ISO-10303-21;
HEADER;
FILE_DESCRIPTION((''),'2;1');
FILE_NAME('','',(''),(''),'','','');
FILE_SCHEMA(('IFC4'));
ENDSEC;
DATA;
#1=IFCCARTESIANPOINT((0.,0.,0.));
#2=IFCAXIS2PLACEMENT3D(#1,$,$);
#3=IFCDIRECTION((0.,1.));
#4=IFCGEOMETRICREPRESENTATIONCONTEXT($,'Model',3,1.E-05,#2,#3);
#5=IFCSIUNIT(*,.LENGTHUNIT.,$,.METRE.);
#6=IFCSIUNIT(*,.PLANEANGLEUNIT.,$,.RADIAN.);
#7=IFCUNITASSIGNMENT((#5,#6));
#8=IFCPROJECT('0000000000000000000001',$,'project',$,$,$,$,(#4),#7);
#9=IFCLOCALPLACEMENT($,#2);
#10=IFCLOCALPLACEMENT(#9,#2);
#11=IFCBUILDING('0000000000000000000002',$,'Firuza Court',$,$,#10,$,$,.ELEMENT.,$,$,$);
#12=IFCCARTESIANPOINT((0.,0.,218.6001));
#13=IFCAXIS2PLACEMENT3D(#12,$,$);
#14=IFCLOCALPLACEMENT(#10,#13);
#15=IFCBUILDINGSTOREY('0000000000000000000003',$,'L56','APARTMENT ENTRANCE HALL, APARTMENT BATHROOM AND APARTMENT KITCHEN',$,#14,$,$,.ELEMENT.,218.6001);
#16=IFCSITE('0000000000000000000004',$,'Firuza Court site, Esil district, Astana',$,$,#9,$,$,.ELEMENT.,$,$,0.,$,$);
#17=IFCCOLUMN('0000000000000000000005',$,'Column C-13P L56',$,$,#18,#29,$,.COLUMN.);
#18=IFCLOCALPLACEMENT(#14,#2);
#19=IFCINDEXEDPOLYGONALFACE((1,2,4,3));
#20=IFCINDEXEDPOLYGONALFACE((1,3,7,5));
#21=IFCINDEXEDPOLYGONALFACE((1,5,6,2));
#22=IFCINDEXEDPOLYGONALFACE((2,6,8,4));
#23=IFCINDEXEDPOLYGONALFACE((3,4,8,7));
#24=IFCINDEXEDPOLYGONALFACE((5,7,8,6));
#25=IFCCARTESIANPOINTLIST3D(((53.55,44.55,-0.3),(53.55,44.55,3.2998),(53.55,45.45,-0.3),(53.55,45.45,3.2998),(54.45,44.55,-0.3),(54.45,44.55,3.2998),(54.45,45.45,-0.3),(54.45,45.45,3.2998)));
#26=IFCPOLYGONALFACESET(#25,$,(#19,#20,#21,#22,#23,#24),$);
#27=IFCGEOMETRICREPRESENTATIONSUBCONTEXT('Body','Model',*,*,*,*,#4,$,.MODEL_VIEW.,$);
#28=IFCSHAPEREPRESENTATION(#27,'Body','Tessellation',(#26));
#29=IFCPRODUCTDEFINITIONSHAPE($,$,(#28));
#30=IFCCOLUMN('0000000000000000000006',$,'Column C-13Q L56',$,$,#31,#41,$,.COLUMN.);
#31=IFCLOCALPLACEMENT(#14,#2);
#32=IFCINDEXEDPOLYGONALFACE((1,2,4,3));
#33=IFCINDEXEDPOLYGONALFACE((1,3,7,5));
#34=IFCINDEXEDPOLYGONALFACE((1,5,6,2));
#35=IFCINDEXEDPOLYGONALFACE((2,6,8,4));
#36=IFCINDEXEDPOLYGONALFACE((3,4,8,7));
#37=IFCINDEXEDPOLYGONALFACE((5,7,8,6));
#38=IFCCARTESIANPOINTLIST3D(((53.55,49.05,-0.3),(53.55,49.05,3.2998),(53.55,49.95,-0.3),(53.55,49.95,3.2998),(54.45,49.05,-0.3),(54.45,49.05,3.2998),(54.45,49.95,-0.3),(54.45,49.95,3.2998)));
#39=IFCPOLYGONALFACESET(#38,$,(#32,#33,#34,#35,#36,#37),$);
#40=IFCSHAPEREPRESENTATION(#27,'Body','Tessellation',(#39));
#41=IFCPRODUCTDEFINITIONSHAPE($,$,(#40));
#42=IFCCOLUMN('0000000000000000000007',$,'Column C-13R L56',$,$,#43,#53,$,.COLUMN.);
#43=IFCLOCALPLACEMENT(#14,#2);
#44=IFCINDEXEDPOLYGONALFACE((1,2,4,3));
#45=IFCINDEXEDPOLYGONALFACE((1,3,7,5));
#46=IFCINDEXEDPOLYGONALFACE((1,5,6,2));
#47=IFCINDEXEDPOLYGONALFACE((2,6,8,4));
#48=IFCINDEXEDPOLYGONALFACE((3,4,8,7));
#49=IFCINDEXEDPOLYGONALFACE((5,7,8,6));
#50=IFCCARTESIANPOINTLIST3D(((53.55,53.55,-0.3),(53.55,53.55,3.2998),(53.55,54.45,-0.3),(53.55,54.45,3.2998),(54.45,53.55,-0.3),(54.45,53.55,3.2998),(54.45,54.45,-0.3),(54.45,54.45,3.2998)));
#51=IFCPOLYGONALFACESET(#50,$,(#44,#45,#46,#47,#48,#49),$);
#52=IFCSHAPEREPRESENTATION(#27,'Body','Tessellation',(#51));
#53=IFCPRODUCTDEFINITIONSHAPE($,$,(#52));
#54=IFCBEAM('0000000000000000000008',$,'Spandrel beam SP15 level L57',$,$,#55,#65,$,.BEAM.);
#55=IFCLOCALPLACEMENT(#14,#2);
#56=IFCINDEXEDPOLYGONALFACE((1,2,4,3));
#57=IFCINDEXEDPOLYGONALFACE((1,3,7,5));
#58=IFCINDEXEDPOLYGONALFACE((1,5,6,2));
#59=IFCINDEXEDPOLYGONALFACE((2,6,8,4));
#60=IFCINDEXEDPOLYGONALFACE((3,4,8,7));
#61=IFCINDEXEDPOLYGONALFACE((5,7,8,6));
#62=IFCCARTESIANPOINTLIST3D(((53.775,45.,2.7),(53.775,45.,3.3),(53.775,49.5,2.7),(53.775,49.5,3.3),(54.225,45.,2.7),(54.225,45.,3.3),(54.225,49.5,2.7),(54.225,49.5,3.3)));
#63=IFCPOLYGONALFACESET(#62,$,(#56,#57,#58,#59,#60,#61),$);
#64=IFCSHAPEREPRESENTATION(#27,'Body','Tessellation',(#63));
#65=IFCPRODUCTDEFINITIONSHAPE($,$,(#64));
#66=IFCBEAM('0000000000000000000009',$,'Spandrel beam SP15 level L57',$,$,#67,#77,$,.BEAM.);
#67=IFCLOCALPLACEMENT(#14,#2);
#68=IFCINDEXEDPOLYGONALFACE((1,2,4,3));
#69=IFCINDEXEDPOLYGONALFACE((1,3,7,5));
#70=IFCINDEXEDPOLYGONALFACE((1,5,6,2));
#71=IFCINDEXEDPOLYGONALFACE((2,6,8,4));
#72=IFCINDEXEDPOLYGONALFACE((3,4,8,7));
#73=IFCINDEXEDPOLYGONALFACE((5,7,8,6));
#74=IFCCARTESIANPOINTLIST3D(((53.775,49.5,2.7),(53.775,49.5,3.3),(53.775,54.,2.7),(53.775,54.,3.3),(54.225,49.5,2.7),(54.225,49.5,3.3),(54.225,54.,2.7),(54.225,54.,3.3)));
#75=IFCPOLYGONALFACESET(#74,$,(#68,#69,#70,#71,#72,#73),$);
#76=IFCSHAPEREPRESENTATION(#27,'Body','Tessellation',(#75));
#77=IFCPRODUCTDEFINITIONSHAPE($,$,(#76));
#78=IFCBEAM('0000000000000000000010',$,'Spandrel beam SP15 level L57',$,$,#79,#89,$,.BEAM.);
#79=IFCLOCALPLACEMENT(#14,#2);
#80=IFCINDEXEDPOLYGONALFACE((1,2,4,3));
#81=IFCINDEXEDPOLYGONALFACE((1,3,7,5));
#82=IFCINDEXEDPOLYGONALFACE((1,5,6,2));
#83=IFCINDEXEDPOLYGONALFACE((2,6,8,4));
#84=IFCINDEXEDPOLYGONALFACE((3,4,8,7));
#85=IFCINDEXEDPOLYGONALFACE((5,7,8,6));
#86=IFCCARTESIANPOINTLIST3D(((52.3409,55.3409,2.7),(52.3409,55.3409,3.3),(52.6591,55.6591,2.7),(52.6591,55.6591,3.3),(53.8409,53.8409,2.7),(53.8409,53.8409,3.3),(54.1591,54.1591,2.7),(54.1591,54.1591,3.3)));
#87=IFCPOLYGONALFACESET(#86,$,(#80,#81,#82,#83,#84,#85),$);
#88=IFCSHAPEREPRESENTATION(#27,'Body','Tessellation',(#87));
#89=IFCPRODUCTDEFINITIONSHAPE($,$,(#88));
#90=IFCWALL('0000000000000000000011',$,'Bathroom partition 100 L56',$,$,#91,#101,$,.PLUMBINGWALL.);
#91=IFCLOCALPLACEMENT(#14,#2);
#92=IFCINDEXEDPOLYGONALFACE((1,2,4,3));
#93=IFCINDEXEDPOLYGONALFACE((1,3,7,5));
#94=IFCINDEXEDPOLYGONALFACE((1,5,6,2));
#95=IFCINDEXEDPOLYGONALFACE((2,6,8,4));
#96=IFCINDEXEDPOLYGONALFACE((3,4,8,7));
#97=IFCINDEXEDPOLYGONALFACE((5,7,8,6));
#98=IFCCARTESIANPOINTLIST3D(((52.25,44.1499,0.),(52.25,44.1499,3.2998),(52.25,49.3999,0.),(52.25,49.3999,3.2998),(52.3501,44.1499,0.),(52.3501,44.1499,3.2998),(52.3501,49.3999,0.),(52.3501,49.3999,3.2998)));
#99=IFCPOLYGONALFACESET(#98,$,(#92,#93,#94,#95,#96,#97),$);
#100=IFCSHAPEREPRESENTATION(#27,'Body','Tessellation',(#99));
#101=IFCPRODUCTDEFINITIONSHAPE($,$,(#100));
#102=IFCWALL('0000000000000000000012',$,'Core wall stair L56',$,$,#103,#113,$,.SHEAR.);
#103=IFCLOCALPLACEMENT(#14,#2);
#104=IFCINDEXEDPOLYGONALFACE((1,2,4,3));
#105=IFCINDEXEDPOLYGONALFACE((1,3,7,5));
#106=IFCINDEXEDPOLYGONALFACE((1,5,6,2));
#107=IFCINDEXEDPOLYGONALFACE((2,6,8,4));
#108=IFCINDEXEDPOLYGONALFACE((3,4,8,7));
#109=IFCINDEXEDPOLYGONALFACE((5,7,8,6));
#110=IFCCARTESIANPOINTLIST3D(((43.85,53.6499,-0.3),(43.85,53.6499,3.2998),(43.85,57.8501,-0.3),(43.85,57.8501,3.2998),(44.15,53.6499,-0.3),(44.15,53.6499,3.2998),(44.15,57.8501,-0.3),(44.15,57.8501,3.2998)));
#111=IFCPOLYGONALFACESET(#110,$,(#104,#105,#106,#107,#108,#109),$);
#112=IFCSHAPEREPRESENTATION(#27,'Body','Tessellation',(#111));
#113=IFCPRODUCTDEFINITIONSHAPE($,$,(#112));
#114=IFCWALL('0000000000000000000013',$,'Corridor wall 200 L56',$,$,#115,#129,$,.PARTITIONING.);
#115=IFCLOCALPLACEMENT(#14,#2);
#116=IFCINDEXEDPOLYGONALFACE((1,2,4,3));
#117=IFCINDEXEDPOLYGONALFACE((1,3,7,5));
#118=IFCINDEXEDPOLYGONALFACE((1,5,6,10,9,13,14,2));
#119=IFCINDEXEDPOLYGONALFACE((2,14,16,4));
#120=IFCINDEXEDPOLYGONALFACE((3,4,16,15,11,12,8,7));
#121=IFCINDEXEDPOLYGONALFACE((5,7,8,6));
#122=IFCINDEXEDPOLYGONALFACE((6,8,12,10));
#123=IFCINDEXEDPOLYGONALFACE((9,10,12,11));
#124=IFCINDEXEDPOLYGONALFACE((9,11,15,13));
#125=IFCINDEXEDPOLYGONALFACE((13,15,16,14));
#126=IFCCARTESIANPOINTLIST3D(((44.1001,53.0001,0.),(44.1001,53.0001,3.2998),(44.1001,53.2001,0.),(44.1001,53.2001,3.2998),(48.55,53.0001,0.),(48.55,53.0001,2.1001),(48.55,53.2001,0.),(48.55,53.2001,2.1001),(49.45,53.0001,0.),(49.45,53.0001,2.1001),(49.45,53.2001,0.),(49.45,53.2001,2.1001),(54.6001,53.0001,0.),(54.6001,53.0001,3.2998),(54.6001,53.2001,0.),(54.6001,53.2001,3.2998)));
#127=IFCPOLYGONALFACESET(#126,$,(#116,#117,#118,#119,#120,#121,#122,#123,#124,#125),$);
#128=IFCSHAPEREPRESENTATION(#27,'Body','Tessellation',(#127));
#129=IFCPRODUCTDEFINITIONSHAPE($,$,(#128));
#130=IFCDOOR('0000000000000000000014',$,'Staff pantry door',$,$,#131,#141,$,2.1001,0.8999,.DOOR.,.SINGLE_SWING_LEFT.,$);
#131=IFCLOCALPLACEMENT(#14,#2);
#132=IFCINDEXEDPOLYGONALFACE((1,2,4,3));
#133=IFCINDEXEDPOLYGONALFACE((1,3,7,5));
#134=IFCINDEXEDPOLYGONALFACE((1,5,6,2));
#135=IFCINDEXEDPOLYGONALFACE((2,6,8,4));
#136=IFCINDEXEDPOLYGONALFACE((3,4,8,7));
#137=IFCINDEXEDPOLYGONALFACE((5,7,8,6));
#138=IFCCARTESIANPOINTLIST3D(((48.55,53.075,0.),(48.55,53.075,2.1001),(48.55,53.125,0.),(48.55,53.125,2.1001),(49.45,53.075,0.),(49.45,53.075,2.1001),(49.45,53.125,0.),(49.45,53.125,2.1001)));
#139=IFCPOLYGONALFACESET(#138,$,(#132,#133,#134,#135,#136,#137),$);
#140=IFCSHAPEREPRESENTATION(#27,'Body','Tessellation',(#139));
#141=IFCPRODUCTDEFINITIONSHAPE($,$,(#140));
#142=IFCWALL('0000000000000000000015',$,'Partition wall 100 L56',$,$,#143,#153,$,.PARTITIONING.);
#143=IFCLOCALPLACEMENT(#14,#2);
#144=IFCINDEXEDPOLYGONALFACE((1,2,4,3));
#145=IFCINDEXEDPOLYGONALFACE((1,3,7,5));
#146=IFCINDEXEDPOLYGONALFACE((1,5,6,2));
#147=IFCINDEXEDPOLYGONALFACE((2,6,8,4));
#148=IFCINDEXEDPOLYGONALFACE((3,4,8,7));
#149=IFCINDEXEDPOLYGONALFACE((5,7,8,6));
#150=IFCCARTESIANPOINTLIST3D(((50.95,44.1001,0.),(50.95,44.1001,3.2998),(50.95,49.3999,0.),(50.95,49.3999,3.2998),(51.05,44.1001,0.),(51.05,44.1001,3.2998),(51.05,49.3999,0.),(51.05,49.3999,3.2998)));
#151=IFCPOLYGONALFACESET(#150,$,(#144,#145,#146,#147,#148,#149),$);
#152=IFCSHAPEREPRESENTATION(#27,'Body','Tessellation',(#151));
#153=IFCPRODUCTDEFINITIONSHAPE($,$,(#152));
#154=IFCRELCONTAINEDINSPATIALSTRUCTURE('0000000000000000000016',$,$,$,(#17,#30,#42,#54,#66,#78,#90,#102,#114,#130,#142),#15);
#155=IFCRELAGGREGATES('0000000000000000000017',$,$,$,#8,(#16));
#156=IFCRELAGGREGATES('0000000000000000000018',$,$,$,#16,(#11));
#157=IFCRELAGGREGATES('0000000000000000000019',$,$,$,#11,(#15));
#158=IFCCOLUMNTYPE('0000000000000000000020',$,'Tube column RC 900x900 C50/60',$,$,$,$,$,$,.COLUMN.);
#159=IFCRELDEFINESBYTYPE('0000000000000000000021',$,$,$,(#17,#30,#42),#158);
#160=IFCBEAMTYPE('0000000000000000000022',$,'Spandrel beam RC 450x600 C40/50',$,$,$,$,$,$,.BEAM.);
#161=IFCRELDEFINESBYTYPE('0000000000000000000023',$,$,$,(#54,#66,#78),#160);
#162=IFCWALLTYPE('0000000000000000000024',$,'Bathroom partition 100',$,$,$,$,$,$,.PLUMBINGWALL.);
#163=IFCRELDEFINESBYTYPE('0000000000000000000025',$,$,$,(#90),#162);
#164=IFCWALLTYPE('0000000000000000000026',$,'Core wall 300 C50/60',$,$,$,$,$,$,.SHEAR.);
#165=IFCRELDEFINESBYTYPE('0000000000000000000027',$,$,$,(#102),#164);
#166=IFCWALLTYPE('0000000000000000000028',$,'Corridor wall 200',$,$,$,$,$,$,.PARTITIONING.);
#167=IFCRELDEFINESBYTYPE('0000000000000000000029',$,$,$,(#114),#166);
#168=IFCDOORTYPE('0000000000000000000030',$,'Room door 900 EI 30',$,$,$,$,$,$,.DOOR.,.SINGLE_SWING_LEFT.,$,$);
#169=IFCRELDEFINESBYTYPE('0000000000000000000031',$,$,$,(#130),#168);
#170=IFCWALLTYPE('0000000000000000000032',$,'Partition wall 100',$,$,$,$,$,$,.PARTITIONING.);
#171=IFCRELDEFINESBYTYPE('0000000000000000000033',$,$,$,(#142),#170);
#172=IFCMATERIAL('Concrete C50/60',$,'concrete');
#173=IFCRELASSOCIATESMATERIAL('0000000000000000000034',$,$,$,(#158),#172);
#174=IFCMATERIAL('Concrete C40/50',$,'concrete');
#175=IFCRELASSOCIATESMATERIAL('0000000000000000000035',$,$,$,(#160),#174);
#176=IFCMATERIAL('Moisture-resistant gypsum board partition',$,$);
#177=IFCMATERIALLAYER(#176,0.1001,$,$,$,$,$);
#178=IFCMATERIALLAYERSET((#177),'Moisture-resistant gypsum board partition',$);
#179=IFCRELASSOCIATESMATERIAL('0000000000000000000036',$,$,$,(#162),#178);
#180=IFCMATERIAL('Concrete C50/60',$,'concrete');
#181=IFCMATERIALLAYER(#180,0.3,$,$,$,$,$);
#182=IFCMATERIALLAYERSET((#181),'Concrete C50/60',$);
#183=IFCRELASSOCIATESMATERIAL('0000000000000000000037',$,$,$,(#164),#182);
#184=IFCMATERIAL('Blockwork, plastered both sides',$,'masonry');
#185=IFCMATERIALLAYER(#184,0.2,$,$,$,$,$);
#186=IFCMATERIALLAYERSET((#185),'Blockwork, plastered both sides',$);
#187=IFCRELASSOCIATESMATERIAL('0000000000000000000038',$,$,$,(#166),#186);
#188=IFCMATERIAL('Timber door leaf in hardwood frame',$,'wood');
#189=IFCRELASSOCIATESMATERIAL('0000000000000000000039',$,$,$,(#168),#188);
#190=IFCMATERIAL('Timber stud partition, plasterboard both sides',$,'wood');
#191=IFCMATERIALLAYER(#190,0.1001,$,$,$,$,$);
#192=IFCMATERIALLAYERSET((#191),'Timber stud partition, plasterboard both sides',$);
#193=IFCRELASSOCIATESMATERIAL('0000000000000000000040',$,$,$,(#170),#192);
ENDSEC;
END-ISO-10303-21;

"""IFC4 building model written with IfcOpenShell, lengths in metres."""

from ifc_helpers import new_model, si_unit, direction, frame, frame_2d, origin, origin_2d, place, context, subcontext, project, spatial, rectangle, extrude, material, layer, layer_set, material_profile, profile_set, type_object, element, fill, save


model = new_model("IFC4")

# Units and contexts
model_context = context("Model", 3, precision=1e-05, world=origin(), true_north=direction((0.0, 1.0)))
body_context = subcontext(model_context, "Body", "Model", "MODEL_VIEW")
ifc_project = project(units=[si_unit("LENGTHUNIT", "METRE"), si_unit("PLANEANGLEUNIT", "RADIAN")], contexts=[model_context])

# Site, building, storey
site_placement = place(None, origin())
site = spatial("IfcSite", under=ifc_project, at=site_placement, Name="Firuza Court site, Esil district, Astana", CompositionType="ELEMENT", RefElevation=0.0)
building_placement = place(site_placement, origin())
building = spatial("IfcBuilding", under=site, at=building_placement, Name="Firuza Court", CompositionType="ELEMENT")
storey_placement = place(building_placement, frame((0.0, 0.0, 218.6001)))
storey = spatial("IfcBuildingStorey", under=building, at=storey_placement, Name="L56", Description="APARTMENT ENTRANCE HALL, APARTMENT BATHROOM AND APARTMENT KITCHEN", CompositionType="ELEMENT", Elevation=218.6001)

# Columns
ifc_material_1 = material(Name="Concrete C50/60", Category="concrete")
ifc_material_profile_1 = material_profile(ifc_material_1, rectangle(XDim=0.8999, YDim=0.8999, at=origin_2d()), Name="RC 900x900")
ifc_profile_set_1 = profile_set([ifc_material_profile_1], Name="Concrete C50/60")
column_type = type_object("IfcColumnType", Name="Tube column RC 900x900 C50/60", PredefinedType="COLUMN", material=ifc_profile_set_1)
for number, where, z_axis, x_axis, name in (
    (1, (54.0, 45.0, -0.3), (0.0, 0.0, 1.0), (1.0, 0.0, 0.0), "Column C-13P L56"),
    (2, (54.0, 49.5, -0.3), (0.0, 0.0, 1.0), (1.0, 0.0, 0.0), "Column C-13Q L56"),
    (3, (54.0, 54.0, -0.3), (0.0, 0.0, 1.0), (1.0, 0.0, 0.0), "Column C-13R L56"),
):
    element("IfcColumn", number, at=place(storey_placement, frame(where, z_axis=z_axis, x_axis=x_axis)), inside=storey, type_object=column_type, Name=name, PredefinedType="COLUMN", context=body_context, shape_type="SweptSolid", body=[
        extrude(rectangle(XDim=0.8999, YDim=0.8999, at=origin_2d()), origin(), (0.0, 0.0, 1.0), 3.5999),
    ])

# Beams
ifc_material_2 = material(Name="Concrete C40/50", Category="concrete")
ifc_material_profile_2 = material_profile(ifc_material_2, rectangle(XDim=0.45, YDim=0.6001, at=origin_2d()), Name="RC 450x600")
ifc_profile_set_2 = profile_set([ifc_material_profile_2], Name="Concrete C40/50")
beam_type = type_object("IfcBeamType", Name="Spandrel beam RC 450x600 C40/50", PredefinedType="BEAM", material=ifc_profile_set_2)
for number, where, z_axis, x_axis, name in (
    (4, (54.0, 45.0, 3.0), (0.0, 1.0, 0.0), (-1.0, 0.0, 0.0), "Spandrel beam SP15 level L57"),
    (5, (54.0, 49.5, 3.0), (0.0, 1.0, 0.0), (-1.0, 0.0, 0.0), "Spandrel beam SP15 level L57"),
):
    element("IfcBeam", number, at=place(storey_placement, frame(where, z_axis=z_axis, x_axis=x_axis)), inside=storey, type_object=beam_type, Name=name, PredefinedType="BEAM", context=body_context, shape_type="SweptSolid", body=[
        extrude(rectangle(XDim=0.45, YDim=0.6001, at=origin_2d()), origin(), (0.0, 0.0, 1.0), 4.5),
    ])
beam_placement = place(storey_placement, frame((54.0, 54.0, 3.0), z_axis=(-0.707107, 0.707107, 0.0), x_axis=(-0.707107, -0.707107, 0.0)))
element("IfcBeam", 6, at=beam_placement, inside=storey, type_object=beam_type, Name="Spandrel beam SP15 level L57", PredefinedType="BEAM", context=body_context, shape_type="SweptSolid", body=[
    extrude(rectangle(XDim=0.45, YDim=0.6001, at=origin_2d()), origin(), (0.0, 0.0, 1.0), 2.1213),
])

# Walls
ifc_material_3 = material(Name="Moisture-resistant gypsum board partition")
ifc_layer_1 = layer(ifc_material_3, 0.1001)
ifc_layer_set_1 = layer_set([ifc_layer_1], Name="Moisture-resistant gypsum board partition")
wall_type_1 = type_object("IfcWallType", Name="Bathroom partition 100", PredefinedType="PLUMBINGWALL", material=ifc_layer_set_1)
wall_1_placement = place(storey_placement, frame((52.3, 44.1499, 0.0), z_axis=(0.0, 0.0, 1.0), x_axis=(0.0, 1.0, 0.0)))
element("IfcWall", 7, at=wall_1_placement, inside=storey, type_object=wall_type_1, Name="Bathroom partition 100 L56", PredefinedType="PLUMBINGWALL", context=body_context, shape_type="SweptSolid", body=[
    extrude(rectangle(XDim=5.25, YDim=0.1001, at=frame_2d((2.625, 0.0))), origin(), (0.0, 0.0, 1.0), 3.2998),
])
ifc_material_4 = material(Name="Concrete C50/60", Category="concrete")
ifc_layer_2 = layer(ifc_material_4, 0.3)
ifc_layer_set_2 = layer_set([ifc_layer_2], Name="Concrete C50/60")
wall_type_2 = type_object("IfcWallType", Name="Core wall 300 C50/60", PredefinedType="SHEAR", material=ifc_layer_set_2)
wall_2_placement = place(storey_placement, frame((44.0, 53.6499, -0.3), z_axis=(0.0, 0.0, 1.0), x_axis=(0.0, 1.0, 0.0)))
element("IfcWall", 8, at=wall_2_placement, inside=storey, type_object=wall_type_2, Name="Core wall stair L56", PredefinedType="SHEAR", context=body_context, shape_type="SweptSolid", body=[
    extrude(rectangle(XDim=4.2002, YDim=0.3, at=frame_2d((2.1001, 0.0))), origin(), (0.0, 0.0, 1.0), 3.5999),
])

# Wall, opening, door
ifc_material_5 = material(Name="Blockwork, plastered both sides", Category="masonry")
ifc_layer_3 = layer(ifc_material_5, 0.2)
ifc_layer_set_3 = layer_set([ifc_layer_3], Name="Blockwork, plastered both sides")
wall_type_3 = type_object("IfcWallType", Name="Corridor wall 200", PredefinedType="PARTITIONING", material=ifc_layer_set_3)
wall_3_placement = place(storey_placement, frame((44.1001, 53.1001, 0.0), z_axis=(0.0, 0.0, 1.0), x_axis=(1.0, 0.0, 0.0)))
wall_3 = element("IfcWall", 9, at=wall_3_placement, inside=storey, type_object=wall_type_3, Name="Corridor wall 200 L56", PredefinedType="PARTITIONING", context=body_context, shape_type="SweptSolid", body=[
    extrude(rectangle(XDim=10.5, YDim=0.2, at=frame_2d((5.25, 0.0))), origin(), (0.0, 0.0, 1.0), 3.2998),
])
opening_1_placement = place(wall_3_placement, frame((4.45, 0.0, 0.0)))
opening_1 = element("IfcOpeningElement", 10, at=opening_1_placement, cuts=wall_3, PredefinedType="OPENING", context=body_context, shape_type="SweptSolid", body=[
    extrude(rectangle(XDim=0.8999, YDim=2.1001, at=frame_2d((0.45, 1.05))), frame((0.0, 0.1118, 0.0), z_axis=(0.0, -1.0, 0.0), x_axis=(1.0, 0.0, 0.0)), (0.0, 0.0, 1.0), 0.2239),
])
ifc_material_6 = material(Name="Timber door leaf in hardwood frame", Category="wood")
door_type_1 = type_object("IfcDoorType", Name="Room door 900 EI 30", OperationType="SINGLE_SWING_LEFT", PredefinedType="DOOR", material=ifc_material_6)
door_1_placement = place(opening_1_placement, origin())
door_1 = element("IfcDoor", 11, at=door_1_placement, inside=storey, type_object=door_type_1, Name="Staff pantry door", OperationType="SINGLE_SWING_LEFT", OverallHeight=2.1001, OverallWidth=0.8999, PredefinedType="DOOR", context=body_context, shape_type="SweptSolid", body=[
    extrude(rectangle(XDim=0.8999, YDim=2.1001, at=frame_2d((0.45, 1.05))), frame((0.0, 0.0249, 0.0), z_axis=(0.0, -1.0, 0.0), x_axis=(1.0, 0.0, 0.0)), (0.0, 0.0, 1.0), 0.05),
])
fill(opening_1, door_1)

# Wall
ifc_material_7 = material(Name="Timber stud partition, plasterboard both sides", Category="wood")
ifc_layer_4 = layer(ifc_material_7, 0.1001)
ifc_layer_set_4 = layer_set([ifc_layer_4], Name="Timber stud partition, plasterboard both sides")
wall_type_4 = type_object("IfcWallType", Name="Partition wall 100", PredefinedType="PARTITIONING", material=ifc_layer_set_4)
wall_4_placement = place(storey_placement, frame((51.0, 44.1001, 0.0), z_axis=(0.0, 0.0, 1.0), x_axis=(0.0, 1.0, 0.0)))
element("IfcWall", 12, at=wall_4_placement, inside=storey, type_object=wall_type_4, Name="Partition wall 100 L56", PredefinedType="PARTITIONING", context=body_context, shape_type="SweptSolid", body=[
    extrude(rectangle(XDim=5.2998, YDim=0.1001, at=frame_2d((2.6499, 0.0))), origin(), (0.0, 0.0, 1.0), 3.2998),
])

save(model, "model.ifc")
